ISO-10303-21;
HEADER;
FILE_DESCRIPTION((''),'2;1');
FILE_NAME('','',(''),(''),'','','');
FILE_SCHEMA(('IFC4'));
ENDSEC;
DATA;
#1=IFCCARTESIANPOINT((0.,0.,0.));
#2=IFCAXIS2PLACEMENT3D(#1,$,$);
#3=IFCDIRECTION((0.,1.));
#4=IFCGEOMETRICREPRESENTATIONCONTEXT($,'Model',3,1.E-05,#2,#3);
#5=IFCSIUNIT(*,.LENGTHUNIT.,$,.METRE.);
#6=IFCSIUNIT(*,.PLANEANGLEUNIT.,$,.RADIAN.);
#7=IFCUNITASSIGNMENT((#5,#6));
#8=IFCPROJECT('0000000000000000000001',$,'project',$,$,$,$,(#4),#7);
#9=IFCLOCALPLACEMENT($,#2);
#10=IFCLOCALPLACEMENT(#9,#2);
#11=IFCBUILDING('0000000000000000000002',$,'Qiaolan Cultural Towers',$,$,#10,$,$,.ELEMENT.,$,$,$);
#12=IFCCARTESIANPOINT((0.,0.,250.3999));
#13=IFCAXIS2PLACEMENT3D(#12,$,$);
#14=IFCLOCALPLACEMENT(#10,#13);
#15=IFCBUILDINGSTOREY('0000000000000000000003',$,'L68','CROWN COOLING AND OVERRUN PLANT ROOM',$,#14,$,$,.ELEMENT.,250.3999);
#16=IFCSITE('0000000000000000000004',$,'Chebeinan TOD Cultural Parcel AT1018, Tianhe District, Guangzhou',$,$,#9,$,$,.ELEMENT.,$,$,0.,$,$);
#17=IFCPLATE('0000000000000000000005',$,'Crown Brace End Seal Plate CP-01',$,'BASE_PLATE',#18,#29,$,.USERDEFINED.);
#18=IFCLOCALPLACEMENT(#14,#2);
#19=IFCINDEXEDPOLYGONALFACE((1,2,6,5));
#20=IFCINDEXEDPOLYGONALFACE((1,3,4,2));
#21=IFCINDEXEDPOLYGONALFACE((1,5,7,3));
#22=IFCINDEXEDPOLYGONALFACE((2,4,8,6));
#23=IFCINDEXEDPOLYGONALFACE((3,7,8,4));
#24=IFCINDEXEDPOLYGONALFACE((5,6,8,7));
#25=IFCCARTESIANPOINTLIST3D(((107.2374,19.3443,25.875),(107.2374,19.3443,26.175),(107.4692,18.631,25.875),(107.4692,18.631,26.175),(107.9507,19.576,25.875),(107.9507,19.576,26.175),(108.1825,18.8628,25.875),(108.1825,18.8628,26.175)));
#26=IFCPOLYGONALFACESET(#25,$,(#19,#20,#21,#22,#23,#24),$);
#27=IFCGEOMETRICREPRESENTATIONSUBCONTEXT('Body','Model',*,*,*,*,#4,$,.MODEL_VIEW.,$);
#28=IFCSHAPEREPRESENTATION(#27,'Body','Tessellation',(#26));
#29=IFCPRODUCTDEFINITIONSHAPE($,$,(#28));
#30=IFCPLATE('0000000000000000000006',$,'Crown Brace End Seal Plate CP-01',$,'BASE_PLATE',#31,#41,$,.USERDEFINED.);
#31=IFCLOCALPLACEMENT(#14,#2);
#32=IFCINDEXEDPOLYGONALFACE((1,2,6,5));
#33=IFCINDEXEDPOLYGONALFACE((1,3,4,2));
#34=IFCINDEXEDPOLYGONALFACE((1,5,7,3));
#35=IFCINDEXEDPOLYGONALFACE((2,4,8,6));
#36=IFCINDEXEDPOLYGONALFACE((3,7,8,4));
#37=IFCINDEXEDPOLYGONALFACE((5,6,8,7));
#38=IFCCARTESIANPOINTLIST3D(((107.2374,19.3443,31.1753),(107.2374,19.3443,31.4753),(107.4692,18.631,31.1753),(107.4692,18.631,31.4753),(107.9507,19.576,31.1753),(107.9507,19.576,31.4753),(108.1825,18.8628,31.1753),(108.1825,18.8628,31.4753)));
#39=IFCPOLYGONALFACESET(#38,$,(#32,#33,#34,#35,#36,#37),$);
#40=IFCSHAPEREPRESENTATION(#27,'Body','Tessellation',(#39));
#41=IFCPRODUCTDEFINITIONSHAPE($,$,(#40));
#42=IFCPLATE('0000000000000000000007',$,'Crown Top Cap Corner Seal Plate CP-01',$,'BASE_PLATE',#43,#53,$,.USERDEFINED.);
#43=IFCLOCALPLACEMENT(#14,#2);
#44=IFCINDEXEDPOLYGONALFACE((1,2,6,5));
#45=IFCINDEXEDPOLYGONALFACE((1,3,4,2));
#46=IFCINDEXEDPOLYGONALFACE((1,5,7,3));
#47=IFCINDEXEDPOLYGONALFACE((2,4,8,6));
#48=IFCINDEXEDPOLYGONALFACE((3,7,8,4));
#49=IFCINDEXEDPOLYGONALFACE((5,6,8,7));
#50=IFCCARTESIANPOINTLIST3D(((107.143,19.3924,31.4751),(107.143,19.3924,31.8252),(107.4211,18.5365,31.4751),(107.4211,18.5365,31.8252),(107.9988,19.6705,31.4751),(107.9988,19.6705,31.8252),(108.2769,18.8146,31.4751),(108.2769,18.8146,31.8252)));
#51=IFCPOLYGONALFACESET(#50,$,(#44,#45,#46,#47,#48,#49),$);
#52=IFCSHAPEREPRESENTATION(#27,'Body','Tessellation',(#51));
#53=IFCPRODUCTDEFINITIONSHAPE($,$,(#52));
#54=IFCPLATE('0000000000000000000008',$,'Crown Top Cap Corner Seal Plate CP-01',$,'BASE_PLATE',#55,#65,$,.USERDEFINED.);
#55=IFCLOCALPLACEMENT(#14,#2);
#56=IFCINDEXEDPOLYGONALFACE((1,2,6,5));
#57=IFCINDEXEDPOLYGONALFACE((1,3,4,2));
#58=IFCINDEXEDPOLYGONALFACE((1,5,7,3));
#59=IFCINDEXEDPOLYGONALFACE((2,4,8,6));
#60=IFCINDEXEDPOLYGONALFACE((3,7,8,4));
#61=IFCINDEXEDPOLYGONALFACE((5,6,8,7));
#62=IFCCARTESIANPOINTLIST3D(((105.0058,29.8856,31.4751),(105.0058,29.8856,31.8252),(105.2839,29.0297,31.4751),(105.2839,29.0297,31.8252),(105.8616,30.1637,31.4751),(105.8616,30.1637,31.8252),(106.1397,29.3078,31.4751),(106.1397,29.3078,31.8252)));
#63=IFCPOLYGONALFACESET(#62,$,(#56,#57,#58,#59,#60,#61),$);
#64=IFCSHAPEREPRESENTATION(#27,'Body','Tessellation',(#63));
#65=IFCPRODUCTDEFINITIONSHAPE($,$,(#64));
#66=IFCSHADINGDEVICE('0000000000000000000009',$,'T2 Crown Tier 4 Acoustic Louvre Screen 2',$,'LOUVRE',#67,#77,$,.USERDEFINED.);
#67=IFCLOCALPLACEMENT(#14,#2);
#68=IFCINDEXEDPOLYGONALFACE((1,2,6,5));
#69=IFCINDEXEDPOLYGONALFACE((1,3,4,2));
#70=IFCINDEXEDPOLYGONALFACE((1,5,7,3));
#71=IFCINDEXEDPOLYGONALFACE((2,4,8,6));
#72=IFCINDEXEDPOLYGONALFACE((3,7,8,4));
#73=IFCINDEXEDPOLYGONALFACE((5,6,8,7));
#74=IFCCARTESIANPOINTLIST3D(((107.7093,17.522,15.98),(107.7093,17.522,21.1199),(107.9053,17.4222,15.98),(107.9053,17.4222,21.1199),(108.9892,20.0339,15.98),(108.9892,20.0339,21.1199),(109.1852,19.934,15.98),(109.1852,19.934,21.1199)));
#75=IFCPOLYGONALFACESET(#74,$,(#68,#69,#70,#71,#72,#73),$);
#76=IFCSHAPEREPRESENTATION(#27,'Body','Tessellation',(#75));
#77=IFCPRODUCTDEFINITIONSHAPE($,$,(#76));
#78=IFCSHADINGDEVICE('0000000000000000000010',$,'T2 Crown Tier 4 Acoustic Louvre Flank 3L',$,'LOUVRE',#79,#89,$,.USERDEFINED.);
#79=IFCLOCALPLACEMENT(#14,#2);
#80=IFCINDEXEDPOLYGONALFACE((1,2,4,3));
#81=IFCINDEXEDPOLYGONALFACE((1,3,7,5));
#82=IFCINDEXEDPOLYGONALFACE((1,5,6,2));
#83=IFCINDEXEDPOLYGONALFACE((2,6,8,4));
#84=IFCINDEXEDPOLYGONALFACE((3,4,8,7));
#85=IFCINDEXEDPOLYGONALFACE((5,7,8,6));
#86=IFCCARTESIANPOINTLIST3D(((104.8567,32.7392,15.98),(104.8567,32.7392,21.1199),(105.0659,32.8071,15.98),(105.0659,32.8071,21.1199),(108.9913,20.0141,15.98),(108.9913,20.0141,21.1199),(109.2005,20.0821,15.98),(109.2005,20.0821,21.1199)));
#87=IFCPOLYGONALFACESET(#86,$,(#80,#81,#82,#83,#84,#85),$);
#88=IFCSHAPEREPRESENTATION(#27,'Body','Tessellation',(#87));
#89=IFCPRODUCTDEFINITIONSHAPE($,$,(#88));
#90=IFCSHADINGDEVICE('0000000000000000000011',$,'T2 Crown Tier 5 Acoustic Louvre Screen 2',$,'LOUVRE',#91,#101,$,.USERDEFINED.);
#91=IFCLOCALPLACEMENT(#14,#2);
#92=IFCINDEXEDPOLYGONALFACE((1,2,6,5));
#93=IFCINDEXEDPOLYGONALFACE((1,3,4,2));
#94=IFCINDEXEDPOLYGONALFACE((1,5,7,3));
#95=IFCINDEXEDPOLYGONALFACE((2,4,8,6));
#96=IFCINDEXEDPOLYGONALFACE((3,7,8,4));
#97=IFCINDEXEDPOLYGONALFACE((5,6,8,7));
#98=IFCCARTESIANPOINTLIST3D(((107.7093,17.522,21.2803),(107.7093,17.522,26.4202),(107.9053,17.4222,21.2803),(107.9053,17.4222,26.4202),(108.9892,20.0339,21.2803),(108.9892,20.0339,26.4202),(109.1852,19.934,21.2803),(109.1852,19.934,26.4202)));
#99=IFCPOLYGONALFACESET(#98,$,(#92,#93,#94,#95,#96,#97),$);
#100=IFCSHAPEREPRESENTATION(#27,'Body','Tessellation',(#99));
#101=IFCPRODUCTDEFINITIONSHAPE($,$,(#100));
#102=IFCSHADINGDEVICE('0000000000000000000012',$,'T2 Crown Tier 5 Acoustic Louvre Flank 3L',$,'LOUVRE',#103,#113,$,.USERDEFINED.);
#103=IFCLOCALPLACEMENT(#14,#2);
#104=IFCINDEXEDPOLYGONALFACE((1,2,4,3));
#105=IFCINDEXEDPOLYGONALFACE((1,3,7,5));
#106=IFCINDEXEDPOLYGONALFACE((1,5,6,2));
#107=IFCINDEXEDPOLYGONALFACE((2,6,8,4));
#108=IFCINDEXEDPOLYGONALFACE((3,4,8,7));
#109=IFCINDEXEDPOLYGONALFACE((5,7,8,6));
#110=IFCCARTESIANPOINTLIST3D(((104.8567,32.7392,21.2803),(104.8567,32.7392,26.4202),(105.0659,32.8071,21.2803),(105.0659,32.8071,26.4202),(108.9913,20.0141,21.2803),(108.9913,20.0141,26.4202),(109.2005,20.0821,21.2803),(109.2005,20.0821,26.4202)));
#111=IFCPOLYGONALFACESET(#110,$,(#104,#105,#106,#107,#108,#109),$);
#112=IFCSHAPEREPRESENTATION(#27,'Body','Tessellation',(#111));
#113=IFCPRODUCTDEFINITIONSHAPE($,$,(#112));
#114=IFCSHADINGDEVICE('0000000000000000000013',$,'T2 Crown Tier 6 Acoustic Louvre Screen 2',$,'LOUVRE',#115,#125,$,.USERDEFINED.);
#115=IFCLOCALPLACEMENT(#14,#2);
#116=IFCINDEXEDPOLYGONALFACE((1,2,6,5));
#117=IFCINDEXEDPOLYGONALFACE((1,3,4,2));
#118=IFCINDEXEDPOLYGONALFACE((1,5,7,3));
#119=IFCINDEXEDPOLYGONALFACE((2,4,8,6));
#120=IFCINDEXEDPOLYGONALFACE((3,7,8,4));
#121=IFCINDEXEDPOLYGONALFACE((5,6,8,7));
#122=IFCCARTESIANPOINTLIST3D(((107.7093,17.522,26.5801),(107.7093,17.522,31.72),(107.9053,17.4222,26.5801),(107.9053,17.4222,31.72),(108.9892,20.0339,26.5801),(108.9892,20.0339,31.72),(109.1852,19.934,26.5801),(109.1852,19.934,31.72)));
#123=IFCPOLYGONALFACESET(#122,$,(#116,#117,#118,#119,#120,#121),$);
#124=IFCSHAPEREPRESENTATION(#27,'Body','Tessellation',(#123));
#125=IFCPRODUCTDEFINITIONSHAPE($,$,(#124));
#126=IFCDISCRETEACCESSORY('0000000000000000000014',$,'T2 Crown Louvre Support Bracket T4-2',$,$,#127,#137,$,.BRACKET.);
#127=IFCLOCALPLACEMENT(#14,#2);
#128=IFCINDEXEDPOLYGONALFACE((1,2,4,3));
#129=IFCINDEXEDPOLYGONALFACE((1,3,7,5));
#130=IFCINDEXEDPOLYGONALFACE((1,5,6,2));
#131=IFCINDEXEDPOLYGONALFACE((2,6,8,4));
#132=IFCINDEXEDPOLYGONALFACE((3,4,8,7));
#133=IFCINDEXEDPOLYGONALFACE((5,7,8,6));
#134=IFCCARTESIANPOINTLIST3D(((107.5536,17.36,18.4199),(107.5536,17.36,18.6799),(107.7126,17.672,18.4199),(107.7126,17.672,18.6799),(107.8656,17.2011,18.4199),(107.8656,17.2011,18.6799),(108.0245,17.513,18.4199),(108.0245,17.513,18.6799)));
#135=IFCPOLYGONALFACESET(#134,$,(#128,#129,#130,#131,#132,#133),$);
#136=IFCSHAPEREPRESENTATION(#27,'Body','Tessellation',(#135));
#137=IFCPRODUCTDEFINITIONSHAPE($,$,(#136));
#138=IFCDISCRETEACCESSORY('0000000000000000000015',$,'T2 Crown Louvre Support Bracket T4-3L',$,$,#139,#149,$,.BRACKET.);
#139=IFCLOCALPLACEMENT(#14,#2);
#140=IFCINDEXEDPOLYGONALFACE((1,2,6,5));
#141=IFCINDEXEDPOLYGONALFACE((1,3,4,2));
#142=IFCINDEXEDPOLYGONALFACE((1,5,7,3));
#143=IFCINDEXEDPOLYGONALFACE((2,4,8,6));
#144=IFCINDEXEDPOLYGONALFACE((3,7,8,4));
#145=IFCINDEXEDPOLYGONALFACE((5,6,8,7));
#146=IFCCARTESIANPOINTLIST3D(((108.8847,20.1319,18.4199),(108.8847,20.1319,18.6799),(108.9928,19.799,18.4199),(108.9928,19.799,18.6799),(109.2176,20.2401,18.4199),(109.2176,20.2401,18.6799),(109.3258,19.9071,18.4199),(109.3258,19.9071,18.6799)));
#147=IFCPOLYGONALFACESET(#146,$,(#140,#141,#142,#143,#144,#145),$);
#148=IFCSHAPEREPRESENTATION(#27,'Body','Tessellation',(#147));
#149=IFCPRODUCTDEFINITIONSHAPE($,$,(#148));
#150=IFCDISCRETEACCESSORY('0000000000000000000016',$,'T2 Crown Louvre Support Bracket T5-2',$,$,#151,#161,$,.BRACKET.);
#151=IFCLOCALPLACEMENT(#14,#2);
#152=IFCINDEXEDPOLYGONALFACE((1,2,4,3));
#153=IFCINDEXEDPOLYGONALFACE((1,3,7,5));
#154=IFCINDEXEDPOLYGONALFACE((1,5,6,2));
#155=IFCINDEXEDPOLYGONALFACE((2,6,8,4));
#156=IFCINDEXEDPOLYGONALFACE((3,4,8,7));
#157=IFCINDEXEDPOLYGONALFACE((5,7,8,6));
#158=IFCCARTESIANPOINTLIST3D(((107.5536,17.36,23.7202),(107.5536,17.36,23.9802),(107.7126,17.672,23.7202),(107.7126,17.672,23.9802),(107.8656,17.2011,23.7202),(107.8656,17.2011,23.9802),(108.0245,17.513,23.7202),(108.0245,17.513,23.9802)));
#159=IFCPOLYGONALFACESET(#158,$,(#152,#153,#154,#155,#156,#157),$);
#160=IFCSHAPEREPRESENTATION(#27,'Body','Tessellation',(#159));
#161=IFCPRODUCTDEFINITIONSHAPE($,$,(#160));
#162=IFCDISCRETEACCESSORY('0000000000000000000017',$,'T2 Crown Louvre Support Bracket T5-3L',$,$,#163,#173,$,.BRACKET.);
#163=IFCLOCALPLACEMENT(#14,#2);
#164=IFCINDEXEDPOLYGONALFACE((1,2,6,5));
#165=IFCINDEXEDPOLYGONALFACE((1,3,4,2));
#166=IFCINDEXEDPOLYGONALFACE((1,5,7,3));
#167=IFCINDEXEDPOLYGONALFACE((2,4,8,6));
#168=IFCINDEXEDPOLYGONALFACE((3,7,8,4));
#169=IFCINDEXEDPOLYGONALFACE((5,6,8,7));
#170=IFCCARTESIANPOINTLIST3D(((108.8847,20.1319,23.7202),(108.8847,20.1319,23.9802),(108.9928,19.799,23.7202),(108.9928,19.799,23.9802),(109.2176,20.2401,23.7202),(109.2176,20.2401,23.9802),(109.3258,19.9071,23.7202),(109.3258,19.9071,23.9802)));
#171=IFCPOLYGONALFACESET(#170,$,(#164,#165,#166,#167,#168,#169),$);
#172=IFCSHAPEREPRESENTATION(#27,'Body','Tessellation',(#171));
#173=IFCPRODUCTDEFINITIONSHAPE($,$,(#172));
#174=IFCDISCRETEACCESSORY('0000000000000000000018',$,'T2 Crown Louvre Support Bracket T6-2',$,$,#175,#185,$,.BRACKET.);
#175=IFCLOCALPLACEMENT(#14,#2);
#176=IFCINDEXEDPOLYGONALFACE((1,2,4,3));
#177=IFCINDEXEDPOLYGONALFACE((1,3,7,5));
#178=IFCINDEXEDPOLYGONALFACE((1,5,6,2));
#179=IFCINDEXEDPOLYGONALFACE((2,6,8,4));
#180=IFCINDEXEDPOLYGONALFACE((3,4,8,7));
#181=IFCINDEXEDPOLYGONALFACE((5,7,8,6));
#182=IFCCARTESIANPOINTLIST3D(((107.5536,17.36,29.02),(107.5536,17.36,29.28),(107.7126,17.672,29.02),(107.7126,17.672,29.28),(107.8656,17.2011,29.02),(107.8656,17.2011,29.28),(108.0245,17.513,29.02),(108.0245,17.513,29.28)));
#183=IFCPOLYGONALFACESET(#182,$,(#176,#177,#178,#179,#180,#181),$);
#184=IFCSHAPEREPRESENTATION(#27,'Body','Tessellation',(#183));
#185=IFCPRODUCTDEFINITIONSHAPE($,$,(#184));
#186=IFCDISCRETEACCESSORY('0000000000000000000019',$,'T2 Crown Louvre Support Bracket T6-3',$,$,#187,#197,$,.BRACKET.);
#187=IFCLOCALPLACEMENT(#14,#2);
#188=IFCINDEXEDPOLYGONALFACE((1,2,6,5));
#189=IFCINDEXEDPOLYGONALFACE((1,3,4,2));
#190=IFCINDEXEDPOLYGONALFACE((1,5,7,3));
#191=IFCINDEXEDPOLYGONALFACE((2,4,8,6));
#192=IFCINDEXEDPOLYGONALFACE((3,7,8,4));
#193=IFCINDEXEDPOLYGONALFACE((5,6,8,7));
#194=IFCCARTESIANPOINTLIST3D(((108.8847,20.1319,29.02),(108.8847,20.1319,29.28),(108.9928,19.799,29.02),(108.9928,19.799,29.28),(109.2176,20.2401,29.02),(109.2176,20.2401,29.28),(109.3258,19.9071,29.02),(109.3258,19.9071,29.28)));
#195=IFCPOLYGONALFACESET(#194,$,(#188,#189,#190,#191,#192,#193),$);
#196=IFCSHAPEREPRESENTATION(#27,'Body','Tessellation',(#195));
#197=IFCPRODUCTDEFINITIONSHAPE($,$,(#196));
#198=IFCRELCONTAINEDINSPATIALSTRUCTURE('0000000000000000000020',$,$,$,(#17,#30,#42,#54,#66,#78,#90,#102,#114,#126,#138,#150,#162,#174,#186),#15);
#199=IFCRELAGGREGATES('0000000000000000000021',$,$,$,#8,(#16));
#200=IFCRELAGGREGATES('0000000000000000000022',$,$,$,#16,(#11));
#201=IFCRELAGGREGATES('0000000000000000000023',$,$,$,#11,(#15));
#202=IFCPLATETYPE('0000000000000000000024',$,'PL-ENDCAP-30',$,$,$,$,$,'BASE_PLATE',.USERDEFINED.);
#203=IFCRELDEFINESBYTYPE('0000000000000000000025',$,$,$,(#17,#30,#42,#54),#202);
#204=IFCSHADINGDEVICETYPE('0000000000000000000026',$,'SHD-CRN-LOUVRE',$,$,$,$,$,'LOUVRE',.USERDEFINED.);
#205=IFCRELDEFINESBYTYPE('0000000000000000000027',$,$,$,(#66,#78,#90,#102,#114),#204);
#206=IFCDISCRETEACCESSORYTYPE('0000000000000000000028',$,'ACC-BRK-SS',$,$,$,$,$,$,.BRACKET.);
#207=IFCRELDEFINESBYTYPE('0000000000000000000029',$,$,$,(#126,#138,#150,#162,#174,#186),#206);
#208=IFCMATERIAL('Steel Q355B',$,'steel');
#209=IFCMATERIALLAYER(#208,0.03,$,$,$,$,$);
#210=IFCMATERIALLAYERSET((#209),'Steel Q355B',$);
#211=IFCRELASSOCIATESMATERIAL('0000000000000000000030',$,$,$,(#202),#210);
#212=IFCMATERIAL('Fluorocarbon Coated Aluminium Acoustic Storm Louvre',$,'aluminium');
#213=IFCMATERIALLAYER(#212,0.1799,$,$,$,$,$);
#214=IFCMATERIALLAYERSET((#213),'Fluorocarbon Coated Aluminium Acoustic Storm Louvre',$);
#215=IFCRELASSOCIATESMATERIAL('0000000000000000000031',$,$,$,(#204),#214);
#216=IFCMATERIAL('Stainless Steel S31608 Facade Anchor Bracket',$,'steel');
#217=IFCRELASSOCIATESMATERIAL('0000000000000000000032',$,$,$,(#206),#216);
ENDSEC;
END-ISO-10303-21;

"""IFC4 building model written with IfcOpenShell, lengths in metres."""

from ifc_helpers import new_model, si_unit, direction, frame, origin, origin_2d, place, context, subcontext, project, spatial, rectangle, extrude, material, layer, layer_set, type_object, element, save


model = new_model("IFC4")

# Units and contexts
model_context = context("Model", 3, precision=1e-05, world=origin(), true_north=direction((0.0, 1.0)))
body_context = subcontext(model_context, "Body", "Model", "MODEL_VIEW")
ifc_project = project(units=[si_unit("LENGTHUNIT", "METRE"), si_unit("PLANEANGLEUNIT", "RADIAN")], contexts=[model_context])

# Site, building, storey
site_placement = place(None, origin())
site = spatial("IfcSite", under=ifc_project, at=site_placement, Name="Chebeinan TOD Cultural Parcel AT1018, Tianhe District, Guangzhou", CompositionType="ELEMENT", RefElevation=0.0)
building_placement = place(site_placement, origin())
building = spatial("IfcBuilding", under=site, at=building_placement, Name="Qiaolan Cultural Towers", CompositionType="ELEMENT")
storey_placement = place(building_placement, frame((0.0, 0.0, 250.3999)))
storey = spatial("IfcBuildingStorey", under=building, at=storey_placement, Name="L68", Description="CROWN COOLING AND OVERRUN PLANT ROOM", CompositionType="ELEMENT", Elevation=250.3999)

# Plates
ifc_material_1 = material(Name="Steel Q355B", Category="steel")
ifc_layer_1 = layer(ifc_material_1, 0.03)
ifc_layer_set_1 = layer_set([ifc_layer_1], Name="Steel Q355B")
plate_type_1 = type_object("IfcPlateType", Name="PL-ENDCAP-30", ElementType="BASE_PLATE", PredefinedType="USERDEFINED", material=ifc_layer_set_1)
for number, where, z_axis, x_axis, name in (
    (1, (107.71, 19.1035, 25.875), (0.0, 0.0, 1.0), (0.951057, 0.309017, 0.0), "Crown Brace End Seal Plate CP-01"),
    (2, (107.71, 19.1035, 31.1753), (0.0, 0.0, 1.0), (0.951057, 0.309017, 0.0), "Crown Brace End Seal Plate CP-01"),
):
    element("IfcPlate", number, at=place(storey_placement, frame(where, z_axis=z_axis, x_axis=x_axis)), inside=storey, type_object=plate_type_1, Name=name, ObjectType="BASE_PLATE", PredefinedType="USERDEFINED", context=body_context, shape_type="SweptSolid", body=[
        extrude(rectangle(XDim=0.75, YDim=0.75, at=origin_2d()), origin(), (0.0, 0.0, 1.0), 0.3),
    ])
for number, where, z_axis, x_axis, name in (
    (3, (107.71, 19.1035, 31.4751), (0.0, 0.0, 1.0), (0.951057, 0.309017, 0.0), "Crown Top Cap Corner Seal Plate CP-01"),
    (4, (105.5728, 29.5967, 31.4751), (0.0, 0.0, 1.0), (0.951057, 0.309017, 0.0), "Crown Top Cap Corner Seal Plate CP-01"),
):
    element("IfcPlate", number, at=place(storey_placement, frame(where, z_axis=z_axis, x_axis=x_axis)), inside=storey, type_object=plate_type_1, Name=name, ObjectType="BASE_PLATE", PredefinedType="USERDEFINED", context=body_context, shape_type="SweptSolid", body=[
        extrude(rectangle(XDim=0.8999, YDim=0.8999, at=origin_2d()), origin(), (0.0, 0.0, 1.0), 0.3501),
    ])

# Shading devices
ifc_material_2 = material(Name="Fluorocarbon Coated Aluminium Acoustic Storm Louvre", Category="aluminium")
ifc_layer_2 = layer(ifc_material_2, 0.1799)
ifc_layer_set_2 = layer_set([ifc_layer_2], Name="Fluorocarbon Coated Aluminium Acoustic Storm Louvre")
shading_device_type = type_object("IfcShadingDeviceType", Name="SHD-CRN-LOUVRE", ElementType="LOUVRE", PredefinedType="USERDEFINED", material=ifc_layer_set_2)
shading_device_1_placement = place(storey_placement, frame((108.4473, 18.728, 15.98), z_axis=(0.0, 0.0, 1.0), x_axis=(0.453991, 0.891006, 0.0)))
element("IfcShadingDevice", 5, at=shading_device_1_placement, inside=storey, type_object=shading_device_type, Name="T2 Crown Tier 4 Acoustic Louvre Screen 2", ObjectType="LOUVRE", PredefinedType="USERDEFINED", context=body_context, shape_type="SweptSolid", body=[
    extrude(rectangle(XDim=2.8191, YDim=0.22, at=origin_2d()), origin(), (0.0, 0.0, 1.0), 5.1399),
])
shading_device_2_placement = place(storey_placement, frame((107.0286, 26.4106, 15.98), z_axis=(0.0, 0.0, 1.0), x_axis=(-0.309017, 0.951057, 0.0)))
element("IfcShadingDevice", 6, at=shading_device_2_placement, inside=storey, type_object=shading_device_type, Name="T2 Crown Tier 4 Acoustic Louvre Flank 3L", ObjectType="LOUVRE", PredefinedType="USERDEFINED", context=body_context, shape_type="SweptSolid", body=[
    extrude(rectangle(XDim=13.3799, YDim=0.22, at=origin_2d()), origin(), (0.0, 0.0, 1.0), 5.1399),
])
shading_device_3_placement = place(storey_placement, frame((108.4473, 18.728, 21.2803), z_axis=(0.0, 0.0, 1.0), x_axis=(0.453991, 0.891006, 0.0)))
element("IfcShadingDevice", 7, at=shading_device_3_placement, inside=storey, type_object=shading_device_type, Name="T2 Crown Tier 5 Acoustic Louvre Screen 2", ObjectType="LOUVRE", PredefinedType="USERDEFINED", context=body_context, shape_type="SweptSolid", body=[
    extrude(rectangle(XDim=2.8191, YDim=0.22, at=origin_2d()), origin(), (0.0, 0.0, 1.0), 5.1399),
])
shading_device_4_placement = place(storey_placement, frame((107.0286, 26.4106, 21.2803), z_axis=(0.0, 0.0, 1.0), x_axis=(-0.309017, 0.951057, 0.0)))
element("IfcShadingDevice", 8, at=shading_device_4_placement, inside=storey, type_object=shading_device_type, Name="T2 Crown Tier 5 Acoustic Louvre Flank 3L", ObjectType="LOUVRE", PredefinedType="USERDEFINED", context=body_context, shape_type="SweptSolid", body=[
    extrude(rectangle(XDim=13.3799, YDim=0.22, at=origin_2d()), origin(), (0.0, 0.0, 1.0), 5.1399),
])
shading_device_5_placement = place(storey_placement, frame((108.4473, 18.728, 26.5801), z_axis=(0.0, 0.0, 1.0), x_axis=(0.453991, 0.891006, 0.0)))
element("IfcShadingDevice", 9, at=shading_device_5_placement, inside=storey, type_object=shading_device_type, Name="T2 Crown Tier 6 Acoustic Louvre Screen 2", ObjectType="LOUVRE", PredefinedType="USERDEFINED", context=body_context, shape_type="SweptSolid", body=[
    extrude(rectangle(XDim=2.8191, YDim=0.22, at=origin_2d()), origin(), (0.0, 0.0, 1.0), 5.1399),
])

# Discrete accessories
ifc_material_3 = material(Name="Stainless Steel S31608 Facade Anchor Bracket", Category="steel")
discrete_accessory_type = type_object("IfcDiscreteAccessoryType", Name="ACC-BRK-SS", PredefinedType="BRACKET", material=ifc_material_3)
for number, where, z_axis, x_axis, name in (
    (10, (107.7891, 17.4365, 18.4199), (0.0, 0.0, 1.0), (0.453991, 0.891006, 0.0), "T2 Crown Louvre Support Bracket T4-2"),
    (11, (109.1052, 20.0195, 18.4199), (0.0, 0.0, 1.0), (-0.309017, 0.951057, 0.0), "T2 Crown Louvre Support Bracket T4-3L"),
    (12, (107.7891, 17.4365, 23.7202), (0.0, 0.0, 1.0), (0.453991, 0.891006, 0.0), "T2 Crown Louvre Support Bracket T5-2"),
    (13, (109.1052, 20.0195, 23.7202), (0.0, 0.0, 1.0), (-0.309017, 0.951057, 0.0), "T2 Crown Louvre Support Bracket T5-3L"),
    (14, (107.7891, 17.4365, 29.02), (0.0, 0.0, 1.0), (0.453991, 0.891006, 0.0), "T2 Crown Louvre Support Bracket T6-2"),
    (15, (109.1052, 20.0195, 29.02), (0.0, 0.0, 1.0), (-0.309017, 0.951057, 0.0), "T2 Crown Louvre Support Bracket T6-3"),
):
    element("IfcDiscreteAccessory", number, at=place(storey_placement, frame(where, z_axis=z_axis, x_axis=x_axis)), inside=storey, type_object=discrete_accessory_type, Name=name, PredefinedType="BRACKET", context=body_context, shape_type="SweptSolid", body=[
        extrude(rectangle(XDim=0.3501, YDim=0.3501, at=origin_2d()), origin(), (0.0, 0.0, 1.0), 0.26),
    ])

save(model, "model.ifc")
